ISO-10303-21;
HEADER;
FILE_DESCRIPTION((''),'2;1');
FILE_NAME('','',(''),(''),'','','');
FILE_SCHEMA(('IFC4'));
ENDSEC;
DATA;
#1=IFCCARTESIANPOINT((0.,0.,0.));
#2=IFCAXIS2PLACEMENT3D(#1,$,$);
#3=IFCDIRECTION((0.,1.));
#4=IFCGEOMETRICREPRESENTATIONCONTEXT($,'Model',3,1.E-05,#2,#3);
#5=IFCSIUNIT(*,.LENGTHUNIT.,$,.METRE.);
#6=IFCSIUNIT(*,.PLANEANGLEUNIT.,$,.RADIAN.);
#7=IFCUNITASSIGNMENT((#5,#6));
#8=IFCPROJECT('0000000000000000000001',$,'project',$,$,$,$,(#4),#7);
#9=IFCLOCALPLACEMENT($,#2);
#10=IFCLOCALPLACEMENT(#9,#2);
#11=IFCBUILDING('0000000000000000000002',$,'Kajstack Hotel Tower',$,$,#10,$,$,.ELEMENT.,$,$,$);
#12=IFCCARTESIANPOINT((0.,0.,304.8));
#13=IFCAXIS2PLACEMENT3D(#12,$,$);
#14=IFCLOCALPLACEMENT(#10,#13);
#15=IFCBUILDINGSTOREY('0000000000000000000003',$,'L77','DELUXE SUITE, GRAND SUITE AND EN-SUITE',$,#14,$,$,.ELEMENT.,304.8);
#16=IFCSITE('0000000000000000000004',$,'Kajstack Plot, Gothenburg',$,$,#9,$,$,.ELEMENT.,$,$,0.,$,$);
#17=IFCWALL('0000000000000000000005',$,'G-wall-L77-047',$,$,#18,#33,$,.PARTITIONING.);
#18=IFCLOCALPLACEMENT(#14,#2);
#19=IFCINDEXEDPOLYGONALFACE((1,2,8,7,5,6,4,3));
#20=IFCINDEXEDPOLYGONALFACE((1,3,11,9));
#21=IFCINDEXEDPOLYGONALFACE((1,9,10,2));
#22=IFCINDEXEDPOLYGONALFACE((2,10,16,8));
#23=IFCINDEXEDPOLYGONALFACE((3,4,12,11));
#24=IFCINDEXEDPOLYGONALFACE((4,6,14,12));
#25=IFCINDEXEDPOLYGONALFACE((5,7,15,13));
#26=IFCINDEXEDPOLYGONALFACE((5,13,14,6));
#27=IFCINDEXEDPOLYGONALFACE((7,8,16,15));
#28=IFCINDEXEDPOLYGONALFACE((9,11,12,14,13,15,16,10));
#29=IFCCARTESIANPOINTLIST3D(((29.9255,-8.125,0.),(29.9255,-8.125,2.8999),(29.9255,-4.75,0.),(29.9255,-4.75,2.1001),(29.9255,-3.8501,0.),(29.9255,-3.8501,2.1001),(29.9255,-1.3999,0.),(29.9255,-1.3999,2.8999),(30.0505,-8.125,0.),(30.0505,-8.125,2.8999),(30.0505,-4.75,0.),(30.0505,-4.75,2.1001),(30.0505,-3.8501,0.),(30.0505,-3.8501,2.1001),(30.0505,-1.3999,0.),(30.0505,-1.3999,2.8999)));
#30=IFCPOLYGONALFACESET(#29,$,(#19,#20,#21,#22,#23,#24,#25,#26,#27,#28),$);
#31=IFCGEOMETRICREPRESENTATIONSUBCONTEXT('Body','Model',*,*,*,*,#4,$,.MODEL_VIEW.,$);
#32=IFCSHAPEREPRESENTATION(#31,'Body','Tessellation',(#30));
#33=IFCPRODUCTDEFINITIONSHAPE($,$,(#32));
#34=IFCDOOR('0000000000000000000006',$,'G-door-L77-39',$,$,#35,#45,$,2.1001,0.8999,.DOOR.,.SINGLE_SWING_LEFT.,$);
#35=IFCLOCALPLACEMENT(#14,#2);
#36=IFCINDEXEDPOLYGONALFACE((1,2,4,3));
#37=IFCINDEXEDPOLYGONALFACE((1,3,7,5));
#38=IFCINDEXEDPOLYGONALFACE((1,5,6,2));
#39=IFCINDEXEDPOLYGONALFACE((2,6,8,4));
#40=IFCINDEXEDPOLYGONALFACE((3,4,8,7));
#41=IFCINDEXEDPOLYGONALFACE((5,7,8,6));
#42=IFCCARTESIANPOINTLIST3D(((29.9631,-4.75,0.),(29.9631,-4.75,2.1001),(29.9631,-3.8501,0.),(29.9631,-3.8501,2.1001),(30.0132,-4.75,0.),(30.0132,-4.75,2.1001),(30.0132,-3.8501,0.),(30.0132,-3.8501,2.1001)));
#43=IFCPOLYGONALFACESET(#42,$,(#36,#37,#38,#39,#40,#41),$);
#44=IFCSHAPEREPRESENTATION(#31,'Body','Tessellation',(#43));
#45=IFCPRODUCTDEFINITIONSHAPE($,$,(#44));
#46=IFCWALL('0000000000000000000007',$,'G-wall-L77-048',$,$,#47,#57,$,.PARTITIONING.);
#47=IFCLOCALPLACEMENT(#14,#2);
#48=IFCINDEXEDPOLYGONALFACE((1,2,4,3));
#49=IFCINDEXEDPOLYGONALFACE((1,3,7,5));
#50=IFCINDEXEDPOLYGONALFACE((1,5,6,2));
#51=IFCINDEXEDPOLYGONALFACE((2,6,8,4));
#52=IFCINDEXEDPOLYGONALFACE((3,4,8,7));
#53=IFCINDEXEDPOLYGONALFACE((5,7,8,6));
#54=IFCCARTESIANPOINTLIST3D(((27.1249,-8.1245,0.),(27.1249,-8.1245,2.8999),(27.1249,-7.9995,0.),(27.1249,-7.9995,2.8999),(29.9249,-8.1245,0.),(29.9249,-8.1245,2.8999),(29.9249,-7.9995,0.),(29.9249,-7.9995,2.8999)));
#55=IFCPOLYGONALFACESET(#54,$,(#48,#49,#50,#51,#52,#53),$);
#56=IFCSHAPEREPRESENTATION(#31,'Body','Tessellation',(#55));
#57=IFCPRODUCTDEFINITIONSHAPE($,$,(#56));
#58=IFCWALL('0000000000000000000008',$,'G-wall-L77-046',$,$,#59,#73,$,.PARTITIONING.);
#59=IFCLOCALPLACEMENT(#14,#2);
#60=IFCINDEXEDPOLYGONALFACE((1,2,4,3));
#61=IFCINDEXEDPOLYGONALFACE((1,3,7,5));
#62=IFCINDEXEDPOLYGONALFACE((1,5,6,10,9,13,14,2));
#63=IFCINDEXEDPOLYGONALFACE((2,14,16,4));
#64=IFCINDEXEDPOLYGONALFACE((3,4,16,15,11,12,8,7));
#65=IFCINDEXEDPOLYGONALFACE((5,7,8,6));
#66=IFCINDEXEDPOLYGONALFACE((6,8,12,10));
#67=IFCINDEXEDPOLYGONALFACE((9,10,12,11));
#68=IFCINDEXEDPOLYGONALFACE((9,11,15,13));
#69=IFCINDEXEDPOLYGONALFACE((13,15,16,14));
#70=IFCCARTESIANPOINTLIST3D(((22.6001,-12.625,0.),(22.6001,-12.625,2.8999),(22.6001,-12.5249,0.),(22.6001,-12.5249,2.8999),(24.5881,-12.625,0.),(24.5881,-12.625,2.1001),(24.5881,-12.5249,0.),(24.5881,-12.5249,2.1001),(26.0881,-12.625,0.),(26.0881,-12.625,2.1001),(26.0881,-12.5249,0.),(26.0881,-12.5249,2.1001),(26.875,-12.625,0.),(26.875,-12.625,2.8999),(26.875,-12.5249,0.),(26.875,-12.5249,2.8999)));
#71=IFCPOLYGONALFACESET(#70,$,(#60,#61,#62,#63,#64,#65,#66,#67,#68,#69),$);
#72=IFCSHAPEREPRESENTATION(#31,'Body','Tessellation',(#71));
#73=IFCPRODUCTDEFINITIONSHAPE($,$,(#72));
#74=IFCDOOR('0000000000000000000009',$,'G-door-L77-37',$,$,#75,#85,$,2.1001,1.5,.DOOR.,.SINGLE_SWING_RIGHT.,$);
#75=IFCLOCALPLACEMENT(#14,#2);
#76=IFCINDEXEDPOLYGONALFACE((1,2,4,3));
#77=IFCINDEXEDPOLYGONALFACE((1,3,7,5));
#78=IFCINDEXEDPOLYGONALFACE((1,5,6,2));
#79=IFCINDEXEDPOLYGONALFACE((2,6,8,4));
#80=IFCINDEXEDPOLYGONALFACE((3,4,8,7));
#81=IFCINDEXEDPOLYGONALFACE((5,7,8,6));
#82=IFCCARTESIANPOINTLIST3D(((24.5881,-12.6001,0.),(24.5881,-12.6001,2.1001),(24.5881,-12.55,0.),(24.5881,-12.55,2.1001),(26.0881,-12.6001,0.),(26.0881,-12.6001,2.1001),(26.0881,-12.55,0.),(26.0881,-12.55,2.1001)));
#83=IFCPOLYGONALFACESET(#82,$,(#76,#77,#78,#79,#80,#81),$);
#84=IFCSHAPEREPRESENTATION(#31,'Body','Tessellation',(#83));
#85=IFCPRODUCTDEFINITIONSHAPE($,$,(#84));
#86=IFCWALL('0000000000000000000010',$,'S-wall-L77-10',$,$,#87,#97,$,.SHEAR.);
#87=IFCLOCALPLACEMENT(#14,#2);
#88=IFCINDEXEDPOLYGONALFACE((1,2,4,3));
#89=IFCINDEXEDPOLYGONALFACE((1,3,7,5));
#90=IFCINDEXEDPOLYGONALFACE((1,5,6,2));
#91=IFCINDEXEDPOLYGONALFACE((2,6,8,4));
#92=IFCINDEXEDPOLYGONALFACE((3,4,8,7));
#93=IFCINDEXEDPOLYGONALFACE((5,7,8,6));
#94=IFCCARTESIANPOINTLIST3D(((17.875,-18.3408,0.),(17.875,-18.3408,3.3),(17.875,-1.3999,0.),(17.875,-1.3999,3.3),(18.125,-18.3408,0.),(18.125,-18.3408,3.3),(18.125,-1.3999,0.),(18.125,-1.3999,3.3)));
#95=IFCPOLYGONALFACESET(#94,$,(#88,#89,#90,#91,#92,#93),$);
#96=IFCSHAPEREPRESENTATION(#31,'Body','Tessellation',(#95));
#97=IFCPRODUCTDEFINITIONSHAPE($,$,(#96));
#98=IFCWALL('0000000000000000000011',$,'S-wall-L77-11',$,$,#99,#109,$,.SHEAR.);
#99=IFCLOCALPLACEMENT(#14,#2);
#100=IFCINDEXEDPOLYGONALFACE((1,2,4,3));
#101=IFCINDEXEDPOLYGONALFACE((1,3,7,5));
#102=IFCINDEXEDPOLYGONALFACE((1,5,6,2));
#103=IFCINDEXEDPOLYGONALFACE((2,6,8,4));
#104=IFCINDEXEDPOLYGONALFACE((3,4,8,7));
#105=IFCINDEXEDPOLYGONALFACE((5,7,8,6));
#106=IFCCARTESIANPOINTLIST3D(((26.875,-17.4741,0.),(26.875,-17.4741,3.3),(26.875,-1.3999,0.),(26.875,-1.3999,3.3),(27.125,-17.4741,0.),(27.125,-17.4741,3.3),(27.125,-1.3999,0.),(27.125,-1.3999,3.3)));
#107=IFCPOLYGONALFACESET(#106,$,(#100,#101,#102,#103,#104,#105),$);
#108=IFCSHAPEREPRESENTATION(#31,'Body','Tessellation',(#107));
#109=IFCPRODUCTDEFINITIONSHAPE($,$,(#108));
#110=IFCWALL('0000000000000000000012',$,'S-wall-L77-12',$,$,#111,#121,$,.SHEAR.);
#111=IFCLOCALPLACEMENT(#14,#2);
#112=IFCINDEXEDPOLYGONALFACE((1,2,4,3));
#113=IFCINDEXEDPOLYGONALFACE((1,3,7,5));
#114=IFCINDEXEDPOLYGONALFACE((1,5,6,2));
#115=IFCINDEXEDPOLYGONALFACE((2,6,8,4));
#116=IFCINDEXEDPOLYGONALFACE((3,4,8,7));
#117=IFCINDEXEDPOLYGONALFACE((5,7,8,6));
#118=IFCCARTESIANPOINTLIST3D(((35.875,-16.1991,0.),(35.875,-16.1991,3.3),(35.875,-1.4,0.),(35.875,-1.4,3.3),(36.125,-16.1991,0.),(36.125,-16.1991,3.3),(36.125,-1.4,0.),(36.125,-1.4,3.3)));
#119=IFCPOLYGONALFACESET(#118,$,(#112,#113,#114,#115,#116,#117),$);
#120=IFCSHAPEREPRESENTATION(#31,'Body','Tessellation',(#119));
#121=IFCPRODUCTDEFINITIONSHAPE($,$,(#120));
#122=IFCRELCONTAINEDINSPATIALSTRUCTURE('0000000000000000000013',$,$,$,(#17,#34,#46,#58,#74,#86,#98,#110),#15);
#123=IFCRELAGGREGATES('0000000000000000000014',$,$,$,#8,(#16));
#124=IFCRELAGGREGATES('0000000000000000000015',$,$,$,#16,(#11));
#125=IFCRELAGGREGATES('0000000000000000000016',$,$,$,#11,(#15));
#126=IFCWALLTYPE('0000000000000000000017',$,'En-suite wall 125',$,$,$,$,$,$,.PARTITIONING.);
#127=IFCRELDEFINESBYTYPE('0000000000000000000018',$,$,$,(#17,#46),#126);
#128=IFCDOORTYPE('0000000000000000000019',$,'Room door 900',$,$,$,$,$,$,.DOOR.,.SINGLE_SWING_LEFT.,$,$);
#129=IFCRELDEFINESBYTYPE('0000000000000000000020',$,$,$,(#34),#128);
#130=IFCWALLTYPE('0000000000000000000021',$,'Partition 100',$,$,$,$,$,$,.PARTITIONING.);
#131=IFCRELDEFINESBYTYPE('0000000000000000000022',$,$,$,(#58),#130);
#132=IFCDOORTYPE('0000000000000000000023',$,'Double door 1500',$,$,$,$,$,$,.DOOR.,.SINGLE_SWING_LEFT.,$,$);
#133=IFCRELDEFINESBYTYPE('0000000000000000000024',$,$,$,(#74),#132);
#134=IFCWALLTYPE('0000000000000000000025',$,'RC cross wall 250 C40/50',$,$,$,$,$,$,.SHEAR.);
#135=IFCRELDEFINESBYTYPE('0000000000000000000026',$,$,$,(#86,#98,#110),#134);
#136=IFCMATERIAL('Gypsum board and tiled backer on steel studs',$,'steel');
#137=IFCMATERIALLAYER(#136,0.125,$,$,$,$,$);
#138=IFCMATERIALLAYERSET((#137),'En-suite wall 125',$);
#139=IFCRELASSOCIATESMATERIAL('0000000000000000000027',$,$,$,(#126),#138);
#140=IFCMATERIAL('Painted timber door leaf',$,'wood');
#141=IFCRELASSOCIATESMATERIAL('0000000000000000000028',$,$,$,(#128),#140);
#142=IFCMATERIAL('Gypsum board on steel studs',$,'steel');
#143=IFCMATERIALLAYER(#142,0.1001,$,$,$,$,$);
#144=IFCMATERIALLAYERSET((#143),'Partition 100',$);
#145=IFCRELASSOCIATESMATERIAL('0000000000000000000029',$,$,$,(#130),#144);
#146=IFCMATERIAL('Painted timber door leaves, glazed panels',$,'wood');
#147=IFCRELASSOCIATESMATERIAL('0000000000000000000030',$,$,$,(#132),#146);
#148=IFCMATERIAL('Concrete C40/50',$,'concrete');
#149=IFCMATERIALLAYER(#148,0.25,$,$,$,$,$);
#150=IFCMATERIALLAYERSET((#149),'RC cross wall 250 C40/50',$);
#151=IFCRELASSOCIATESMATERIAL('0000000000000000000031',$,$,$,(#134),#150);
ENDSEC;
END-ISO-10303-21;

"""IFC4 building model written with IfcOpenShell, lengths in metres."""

from ifc_helpers import new_model, si_unit, direction, frame, frame_2d, origin, place, context, subcontext, project, spatial, rectangle, extrude, material, layer, layer_set, type_object, element, fill, save


model = new_model("IFC4")

# Units and contexts
model_context = context("Model", 3, precision=1e-05, world=origin(), true_north=direction((0.0, 1.0)))
body_context = subcontext(model_context, "Body", "Model", "MODEL_VIEW")
ifc_project = project(units=[si_unit("LENGTHUNIT", "METRE"), si_unit("PLANEANGLEUNIT", "RADIAN")], contexts=[model_context])

# Site, building, storey
site_placement = place(None, origin())
site = spatial("IfcSite", under=ifc_project, at=site_placement, Name="Kajstack Plot, Gothenburg", CompositionType="ELEMENT", RefElevation=0.0)
building_placement = place(site_placement, origin())
building = spatial("IfcBuilding", under=site, at=building_placement, Name="Kajstack Hotel Tower", CompositionType="ELEMENT")
storey_placement = place(building_placement, frame((0.0, 0.0, 304.8)))
storey = spatial("IfcBuildingStorey", under=building, at=storey_placement, Name="L77", Description="DELUXE SUITE, GRAND SUITE AND EN-SUITE", CompositionType="ELEMENT", Elevation=304.8)

# Shared definitions
ifc_material_1 = material(Name="Concrete C40/50", Category="concrete")

# Shared definitions
ifc_material_2 = material(Name="Gypsum board and tiled backer on steel studs", Category="steel")
ifc_layer_1 = layer(ifc_material_2, 0.125)
ifc_layer_set_1 = layer_set([ifc_layer_1], Name="En-suite wall 125")
wall_type_1 = type_object("IfcWallType", Name="En-suite wall 125", PredefinedType="PARTITIONING", material=ifc_layer_set_1)
ifc_material_3 = material(Name="Painted timber door leaf", Category="wood")
door_type_1 = type_object("IfcDoorType", Name="Room door 900", OperationType="SINGLE_SWING_LEFT", PredefinedType="DOOR", material=ifc_material_3)

# Wall, opening, door
wall_1_placement = place(storey_placement, frame((29.988, -8.125, 0.0), z_axis=(0.0, 0.0, 1.0), x_axis=(0.0, 1.0, 0.0)))
wall_1 = element("IfcWall", 1, at=wall_1_placement, inside=storey, type_object=wall_type_1, Name="G-wall-L77-047", PredefinedType="PARTITIONING", context=body_context, shape_type="SweptSolid", body=[
    extrude(rectangle(XDim=6.7251, YDim=0.125, at=frame_2d((3.3625, 0.0))), origin(), (0.0, 0.0, 1.0), 2.8999),
])
opening_1_placement = place(wall_1_placement, frame((3.375, 0.0, 0.0)))
opening_1 = element("IfcOpeningElement", 2, at=opening_1_placement, cuts=wall_1, PredefinedType="OPENING", context=body_context, shape_type="SweptSolid", body=[
    extrude(rectangle(XDim=0.8999, YDim=2.1001, at=frame_2d((0.45, 1.05))), frame((0.0, 0.0725, 0.0), z_axis=(0.0, -1.0, 0.0), x_axis=(1.0, 0.0, 0.0)), (0.0, 0.0, 1.0), 0.145),
])
door_1_placement = place(opening_1_placement, origin())
door_1 = element("IfcDoor", 3, at=door_1_placement, inside=storey, type_object=door_type_1, Name="G-door-L77-39", OperationType="SINGLE_SWING_LEFT", OverallHeight=2.1001, OverallWidth=0.8999, PredefinedType="DOOR", context=body_context, shape_type="SweptSolid", body=[
    extrude(rectangle(XDim=0.8999, YDim=2.1001, at=frame_2d((0.45, 1.05))), frame((0.0, 0.0249, 0.0), z_axis=(0.0, -1.0, 0.0), x_axis=(1.0, 0.0, 0.0)), (0.0, 0.0, 1.0), 0.05),
])
fill(opening_1, door_1)

# Wall
wall_2_placement = place(storey_placement, frame((27.125, -8.062, 0.0), z_axis=(0.0, 0.0, 1.0), x_axis=(1.0, 0.0, 0.0)))
element("IfcWall", 4, at=wall_2_placement, inside=storey, type_object=wall_type_1, Name="G-wall-L77-048", PredefinedType="PARTITIONING", context=body_context, shape_type="SweptSolid", body=[
    extrude(rectangle(XDim=2.8, YDim=0.125, at=frame_2d((1.3999, 0.0))), origin(), (0.0, 0.0, 1.0), 2.8999),
])

# Wall, opening, door
ifc_material_4 = material(Name="Gypsum board on steel studs", Category="steel")
ifc_layer_2 = layer(ifc_material_4, 0.1001)
ifc_layer_set_2 = layer_set([ifc_layer_2], Name="Partition 100")
wall_type_2 = type_object("IfcWallType", Name="Partition 100", PredefinedType="PARTITIONING", material=ifc_layer_set_2)
wall_3_placement = place(storey_placement, frame((22.6001, -12.575, 0.0), z_axis=(0.0, 0.0, 1.0), x_axis=(1.0, 0.0, 0.0)))
wall_3 = element("IfcWall", 5, at=wall_3_placement, inside=storey, type_object=wall_type_2, Name="G-wall-L77-046", PredefinedType="PARTITIONING", context=body_context, shape_type="SweptSolid", body=[
    extrude(rectangle(XDim=4.2749, YDim=0.1001, at=frame_2d((2.1375, 0.0))), origin(), (0.0, 0.0, 1.0), 2.8999),
])
opening_2_placement = place(wall_3_placement, frame((1.988, 0.0, 0.0)))
opening_2 = element("IfcOpeningElement", 6, at=opening_2_placement, cuts=wall_3, PredefinedType="OPENING", context=body_context, shape_type="SweptSolid", body=[
    extrude(rectangle(XDim=1.5, YDim=2.1001, at=frame_2d((0.75, 1.05))), frame((0.0, 0.0601, 0.0), z_axis=(0.0, -1.0, 0.0), x_axis=(1.0, 0.0, 0.0)), (0.0, 0.0, 1.0), 0.1201),
])
ifc_material_5 = material(Name="Painted timber door leaves, glazed panels", Category="wood")
door_type_2 = type_object("IfcDoorType", Name="Double door 1500", OperationType="SINGLE_SWING_LEFT", PredefinedType="DOOR", material=ifc_material_5)
door_2_placement = place(opening_2_placement, origin())
door_2 = element("IfcDoor", 7, at=door_2_placement, inside=storey, type_object=door_type_2, Name="G-door-L77-37", OperationType="SINGLE_SWING_RIGHT", OverallHeight=2.1001, OverallWidth=1.5, PredefinedType="DOOR", context=body_context, shape_type="SweptSolid", body=[
    extrude(rectangle(XDim=1.5, YDim=2.1001, at=frame_2d((0.75, 1.05))), frame((0.0, 0.0249, 0.0), z_axis=(0.0, -1.0, 0.0), x_axis=(1.0, 0.0, 0.0)), (0.0, 0.0, 1.0), 0.05),
])
fill(opening_2, door_2)

# Walls
ifc_layer_3 = layer(ifc_material_1, 0.25)
ifc_layer_set_3 = layer_set([ifc_layer_3], Name="RC cross wall 250 C40/50")
wall_type_3 = type_object("IfcWallType", Name="RC cross wall 250 C40/50", PredefinedType="SHEAR", material=ifc_layer_set_3)
wall_4_placement = place(storey_placement, frame((18.0, -18.3408, 0.0), z_axis=(0.0, 0.0, 1.0), x_axis=(0.0, 1.0, 0.0)))
element("IfcWall", 8, at=wall_4_placement, inside=storey, type_object=wall_type_3, Name="S-wall-L77-10", PredefinedType="SHEAR", context=body_context, shape_type="SweptSolid", body=[
    extrude(rectangle(XDim=16.9409, YDim=0.25, at=frame_2d((8.4705, 0.0))), origin(), (0.0, 0.0, 1.0), 3.3),
])
wall_5_placement = place(storey_placement, frame((27.0, -17.4741, 0.0), z_axis=(0.0, 0.0, 1.0), x_axis=(0.0, 1.0, 0.0)))
element("IfcWall", 9, at=wall_5_placement, inside=storey, type_object=wall_type_3, Name="S-wall-L77-11", PredefinedType="SHEAR", context=body_context, shape_type="SweptSolid", body=[
    extrude(rectangle(XDim=16.0742, YDim=0.25, at=frame_2d((8.0371, 0.0))), origin(), (0.0, 0.0, 1.0), 3.3),
])
wall_6_placement = place(storey_placement, frame((36.0, -16.199, 0.0), z_axis=(0.0, 0.0, 1.0), x_axis=(0.0, 1.0, 0.0)))
element("IfcWall", 10, at=wall_6_placement, inside=storey, type_object=wall_type_3, Name="S-wall-L77-12", PredefinedType="SHEAR", context=body_context, shape_type="SweptSolid", body=[
    extrude(rectangle(XDim=14.7991, YDim=0.25, at=frame_2d((7.3994, 0.0))), origin(), (0.0, 0.0, 1.0), 3.3),
])

save(model, "model.ifc")
